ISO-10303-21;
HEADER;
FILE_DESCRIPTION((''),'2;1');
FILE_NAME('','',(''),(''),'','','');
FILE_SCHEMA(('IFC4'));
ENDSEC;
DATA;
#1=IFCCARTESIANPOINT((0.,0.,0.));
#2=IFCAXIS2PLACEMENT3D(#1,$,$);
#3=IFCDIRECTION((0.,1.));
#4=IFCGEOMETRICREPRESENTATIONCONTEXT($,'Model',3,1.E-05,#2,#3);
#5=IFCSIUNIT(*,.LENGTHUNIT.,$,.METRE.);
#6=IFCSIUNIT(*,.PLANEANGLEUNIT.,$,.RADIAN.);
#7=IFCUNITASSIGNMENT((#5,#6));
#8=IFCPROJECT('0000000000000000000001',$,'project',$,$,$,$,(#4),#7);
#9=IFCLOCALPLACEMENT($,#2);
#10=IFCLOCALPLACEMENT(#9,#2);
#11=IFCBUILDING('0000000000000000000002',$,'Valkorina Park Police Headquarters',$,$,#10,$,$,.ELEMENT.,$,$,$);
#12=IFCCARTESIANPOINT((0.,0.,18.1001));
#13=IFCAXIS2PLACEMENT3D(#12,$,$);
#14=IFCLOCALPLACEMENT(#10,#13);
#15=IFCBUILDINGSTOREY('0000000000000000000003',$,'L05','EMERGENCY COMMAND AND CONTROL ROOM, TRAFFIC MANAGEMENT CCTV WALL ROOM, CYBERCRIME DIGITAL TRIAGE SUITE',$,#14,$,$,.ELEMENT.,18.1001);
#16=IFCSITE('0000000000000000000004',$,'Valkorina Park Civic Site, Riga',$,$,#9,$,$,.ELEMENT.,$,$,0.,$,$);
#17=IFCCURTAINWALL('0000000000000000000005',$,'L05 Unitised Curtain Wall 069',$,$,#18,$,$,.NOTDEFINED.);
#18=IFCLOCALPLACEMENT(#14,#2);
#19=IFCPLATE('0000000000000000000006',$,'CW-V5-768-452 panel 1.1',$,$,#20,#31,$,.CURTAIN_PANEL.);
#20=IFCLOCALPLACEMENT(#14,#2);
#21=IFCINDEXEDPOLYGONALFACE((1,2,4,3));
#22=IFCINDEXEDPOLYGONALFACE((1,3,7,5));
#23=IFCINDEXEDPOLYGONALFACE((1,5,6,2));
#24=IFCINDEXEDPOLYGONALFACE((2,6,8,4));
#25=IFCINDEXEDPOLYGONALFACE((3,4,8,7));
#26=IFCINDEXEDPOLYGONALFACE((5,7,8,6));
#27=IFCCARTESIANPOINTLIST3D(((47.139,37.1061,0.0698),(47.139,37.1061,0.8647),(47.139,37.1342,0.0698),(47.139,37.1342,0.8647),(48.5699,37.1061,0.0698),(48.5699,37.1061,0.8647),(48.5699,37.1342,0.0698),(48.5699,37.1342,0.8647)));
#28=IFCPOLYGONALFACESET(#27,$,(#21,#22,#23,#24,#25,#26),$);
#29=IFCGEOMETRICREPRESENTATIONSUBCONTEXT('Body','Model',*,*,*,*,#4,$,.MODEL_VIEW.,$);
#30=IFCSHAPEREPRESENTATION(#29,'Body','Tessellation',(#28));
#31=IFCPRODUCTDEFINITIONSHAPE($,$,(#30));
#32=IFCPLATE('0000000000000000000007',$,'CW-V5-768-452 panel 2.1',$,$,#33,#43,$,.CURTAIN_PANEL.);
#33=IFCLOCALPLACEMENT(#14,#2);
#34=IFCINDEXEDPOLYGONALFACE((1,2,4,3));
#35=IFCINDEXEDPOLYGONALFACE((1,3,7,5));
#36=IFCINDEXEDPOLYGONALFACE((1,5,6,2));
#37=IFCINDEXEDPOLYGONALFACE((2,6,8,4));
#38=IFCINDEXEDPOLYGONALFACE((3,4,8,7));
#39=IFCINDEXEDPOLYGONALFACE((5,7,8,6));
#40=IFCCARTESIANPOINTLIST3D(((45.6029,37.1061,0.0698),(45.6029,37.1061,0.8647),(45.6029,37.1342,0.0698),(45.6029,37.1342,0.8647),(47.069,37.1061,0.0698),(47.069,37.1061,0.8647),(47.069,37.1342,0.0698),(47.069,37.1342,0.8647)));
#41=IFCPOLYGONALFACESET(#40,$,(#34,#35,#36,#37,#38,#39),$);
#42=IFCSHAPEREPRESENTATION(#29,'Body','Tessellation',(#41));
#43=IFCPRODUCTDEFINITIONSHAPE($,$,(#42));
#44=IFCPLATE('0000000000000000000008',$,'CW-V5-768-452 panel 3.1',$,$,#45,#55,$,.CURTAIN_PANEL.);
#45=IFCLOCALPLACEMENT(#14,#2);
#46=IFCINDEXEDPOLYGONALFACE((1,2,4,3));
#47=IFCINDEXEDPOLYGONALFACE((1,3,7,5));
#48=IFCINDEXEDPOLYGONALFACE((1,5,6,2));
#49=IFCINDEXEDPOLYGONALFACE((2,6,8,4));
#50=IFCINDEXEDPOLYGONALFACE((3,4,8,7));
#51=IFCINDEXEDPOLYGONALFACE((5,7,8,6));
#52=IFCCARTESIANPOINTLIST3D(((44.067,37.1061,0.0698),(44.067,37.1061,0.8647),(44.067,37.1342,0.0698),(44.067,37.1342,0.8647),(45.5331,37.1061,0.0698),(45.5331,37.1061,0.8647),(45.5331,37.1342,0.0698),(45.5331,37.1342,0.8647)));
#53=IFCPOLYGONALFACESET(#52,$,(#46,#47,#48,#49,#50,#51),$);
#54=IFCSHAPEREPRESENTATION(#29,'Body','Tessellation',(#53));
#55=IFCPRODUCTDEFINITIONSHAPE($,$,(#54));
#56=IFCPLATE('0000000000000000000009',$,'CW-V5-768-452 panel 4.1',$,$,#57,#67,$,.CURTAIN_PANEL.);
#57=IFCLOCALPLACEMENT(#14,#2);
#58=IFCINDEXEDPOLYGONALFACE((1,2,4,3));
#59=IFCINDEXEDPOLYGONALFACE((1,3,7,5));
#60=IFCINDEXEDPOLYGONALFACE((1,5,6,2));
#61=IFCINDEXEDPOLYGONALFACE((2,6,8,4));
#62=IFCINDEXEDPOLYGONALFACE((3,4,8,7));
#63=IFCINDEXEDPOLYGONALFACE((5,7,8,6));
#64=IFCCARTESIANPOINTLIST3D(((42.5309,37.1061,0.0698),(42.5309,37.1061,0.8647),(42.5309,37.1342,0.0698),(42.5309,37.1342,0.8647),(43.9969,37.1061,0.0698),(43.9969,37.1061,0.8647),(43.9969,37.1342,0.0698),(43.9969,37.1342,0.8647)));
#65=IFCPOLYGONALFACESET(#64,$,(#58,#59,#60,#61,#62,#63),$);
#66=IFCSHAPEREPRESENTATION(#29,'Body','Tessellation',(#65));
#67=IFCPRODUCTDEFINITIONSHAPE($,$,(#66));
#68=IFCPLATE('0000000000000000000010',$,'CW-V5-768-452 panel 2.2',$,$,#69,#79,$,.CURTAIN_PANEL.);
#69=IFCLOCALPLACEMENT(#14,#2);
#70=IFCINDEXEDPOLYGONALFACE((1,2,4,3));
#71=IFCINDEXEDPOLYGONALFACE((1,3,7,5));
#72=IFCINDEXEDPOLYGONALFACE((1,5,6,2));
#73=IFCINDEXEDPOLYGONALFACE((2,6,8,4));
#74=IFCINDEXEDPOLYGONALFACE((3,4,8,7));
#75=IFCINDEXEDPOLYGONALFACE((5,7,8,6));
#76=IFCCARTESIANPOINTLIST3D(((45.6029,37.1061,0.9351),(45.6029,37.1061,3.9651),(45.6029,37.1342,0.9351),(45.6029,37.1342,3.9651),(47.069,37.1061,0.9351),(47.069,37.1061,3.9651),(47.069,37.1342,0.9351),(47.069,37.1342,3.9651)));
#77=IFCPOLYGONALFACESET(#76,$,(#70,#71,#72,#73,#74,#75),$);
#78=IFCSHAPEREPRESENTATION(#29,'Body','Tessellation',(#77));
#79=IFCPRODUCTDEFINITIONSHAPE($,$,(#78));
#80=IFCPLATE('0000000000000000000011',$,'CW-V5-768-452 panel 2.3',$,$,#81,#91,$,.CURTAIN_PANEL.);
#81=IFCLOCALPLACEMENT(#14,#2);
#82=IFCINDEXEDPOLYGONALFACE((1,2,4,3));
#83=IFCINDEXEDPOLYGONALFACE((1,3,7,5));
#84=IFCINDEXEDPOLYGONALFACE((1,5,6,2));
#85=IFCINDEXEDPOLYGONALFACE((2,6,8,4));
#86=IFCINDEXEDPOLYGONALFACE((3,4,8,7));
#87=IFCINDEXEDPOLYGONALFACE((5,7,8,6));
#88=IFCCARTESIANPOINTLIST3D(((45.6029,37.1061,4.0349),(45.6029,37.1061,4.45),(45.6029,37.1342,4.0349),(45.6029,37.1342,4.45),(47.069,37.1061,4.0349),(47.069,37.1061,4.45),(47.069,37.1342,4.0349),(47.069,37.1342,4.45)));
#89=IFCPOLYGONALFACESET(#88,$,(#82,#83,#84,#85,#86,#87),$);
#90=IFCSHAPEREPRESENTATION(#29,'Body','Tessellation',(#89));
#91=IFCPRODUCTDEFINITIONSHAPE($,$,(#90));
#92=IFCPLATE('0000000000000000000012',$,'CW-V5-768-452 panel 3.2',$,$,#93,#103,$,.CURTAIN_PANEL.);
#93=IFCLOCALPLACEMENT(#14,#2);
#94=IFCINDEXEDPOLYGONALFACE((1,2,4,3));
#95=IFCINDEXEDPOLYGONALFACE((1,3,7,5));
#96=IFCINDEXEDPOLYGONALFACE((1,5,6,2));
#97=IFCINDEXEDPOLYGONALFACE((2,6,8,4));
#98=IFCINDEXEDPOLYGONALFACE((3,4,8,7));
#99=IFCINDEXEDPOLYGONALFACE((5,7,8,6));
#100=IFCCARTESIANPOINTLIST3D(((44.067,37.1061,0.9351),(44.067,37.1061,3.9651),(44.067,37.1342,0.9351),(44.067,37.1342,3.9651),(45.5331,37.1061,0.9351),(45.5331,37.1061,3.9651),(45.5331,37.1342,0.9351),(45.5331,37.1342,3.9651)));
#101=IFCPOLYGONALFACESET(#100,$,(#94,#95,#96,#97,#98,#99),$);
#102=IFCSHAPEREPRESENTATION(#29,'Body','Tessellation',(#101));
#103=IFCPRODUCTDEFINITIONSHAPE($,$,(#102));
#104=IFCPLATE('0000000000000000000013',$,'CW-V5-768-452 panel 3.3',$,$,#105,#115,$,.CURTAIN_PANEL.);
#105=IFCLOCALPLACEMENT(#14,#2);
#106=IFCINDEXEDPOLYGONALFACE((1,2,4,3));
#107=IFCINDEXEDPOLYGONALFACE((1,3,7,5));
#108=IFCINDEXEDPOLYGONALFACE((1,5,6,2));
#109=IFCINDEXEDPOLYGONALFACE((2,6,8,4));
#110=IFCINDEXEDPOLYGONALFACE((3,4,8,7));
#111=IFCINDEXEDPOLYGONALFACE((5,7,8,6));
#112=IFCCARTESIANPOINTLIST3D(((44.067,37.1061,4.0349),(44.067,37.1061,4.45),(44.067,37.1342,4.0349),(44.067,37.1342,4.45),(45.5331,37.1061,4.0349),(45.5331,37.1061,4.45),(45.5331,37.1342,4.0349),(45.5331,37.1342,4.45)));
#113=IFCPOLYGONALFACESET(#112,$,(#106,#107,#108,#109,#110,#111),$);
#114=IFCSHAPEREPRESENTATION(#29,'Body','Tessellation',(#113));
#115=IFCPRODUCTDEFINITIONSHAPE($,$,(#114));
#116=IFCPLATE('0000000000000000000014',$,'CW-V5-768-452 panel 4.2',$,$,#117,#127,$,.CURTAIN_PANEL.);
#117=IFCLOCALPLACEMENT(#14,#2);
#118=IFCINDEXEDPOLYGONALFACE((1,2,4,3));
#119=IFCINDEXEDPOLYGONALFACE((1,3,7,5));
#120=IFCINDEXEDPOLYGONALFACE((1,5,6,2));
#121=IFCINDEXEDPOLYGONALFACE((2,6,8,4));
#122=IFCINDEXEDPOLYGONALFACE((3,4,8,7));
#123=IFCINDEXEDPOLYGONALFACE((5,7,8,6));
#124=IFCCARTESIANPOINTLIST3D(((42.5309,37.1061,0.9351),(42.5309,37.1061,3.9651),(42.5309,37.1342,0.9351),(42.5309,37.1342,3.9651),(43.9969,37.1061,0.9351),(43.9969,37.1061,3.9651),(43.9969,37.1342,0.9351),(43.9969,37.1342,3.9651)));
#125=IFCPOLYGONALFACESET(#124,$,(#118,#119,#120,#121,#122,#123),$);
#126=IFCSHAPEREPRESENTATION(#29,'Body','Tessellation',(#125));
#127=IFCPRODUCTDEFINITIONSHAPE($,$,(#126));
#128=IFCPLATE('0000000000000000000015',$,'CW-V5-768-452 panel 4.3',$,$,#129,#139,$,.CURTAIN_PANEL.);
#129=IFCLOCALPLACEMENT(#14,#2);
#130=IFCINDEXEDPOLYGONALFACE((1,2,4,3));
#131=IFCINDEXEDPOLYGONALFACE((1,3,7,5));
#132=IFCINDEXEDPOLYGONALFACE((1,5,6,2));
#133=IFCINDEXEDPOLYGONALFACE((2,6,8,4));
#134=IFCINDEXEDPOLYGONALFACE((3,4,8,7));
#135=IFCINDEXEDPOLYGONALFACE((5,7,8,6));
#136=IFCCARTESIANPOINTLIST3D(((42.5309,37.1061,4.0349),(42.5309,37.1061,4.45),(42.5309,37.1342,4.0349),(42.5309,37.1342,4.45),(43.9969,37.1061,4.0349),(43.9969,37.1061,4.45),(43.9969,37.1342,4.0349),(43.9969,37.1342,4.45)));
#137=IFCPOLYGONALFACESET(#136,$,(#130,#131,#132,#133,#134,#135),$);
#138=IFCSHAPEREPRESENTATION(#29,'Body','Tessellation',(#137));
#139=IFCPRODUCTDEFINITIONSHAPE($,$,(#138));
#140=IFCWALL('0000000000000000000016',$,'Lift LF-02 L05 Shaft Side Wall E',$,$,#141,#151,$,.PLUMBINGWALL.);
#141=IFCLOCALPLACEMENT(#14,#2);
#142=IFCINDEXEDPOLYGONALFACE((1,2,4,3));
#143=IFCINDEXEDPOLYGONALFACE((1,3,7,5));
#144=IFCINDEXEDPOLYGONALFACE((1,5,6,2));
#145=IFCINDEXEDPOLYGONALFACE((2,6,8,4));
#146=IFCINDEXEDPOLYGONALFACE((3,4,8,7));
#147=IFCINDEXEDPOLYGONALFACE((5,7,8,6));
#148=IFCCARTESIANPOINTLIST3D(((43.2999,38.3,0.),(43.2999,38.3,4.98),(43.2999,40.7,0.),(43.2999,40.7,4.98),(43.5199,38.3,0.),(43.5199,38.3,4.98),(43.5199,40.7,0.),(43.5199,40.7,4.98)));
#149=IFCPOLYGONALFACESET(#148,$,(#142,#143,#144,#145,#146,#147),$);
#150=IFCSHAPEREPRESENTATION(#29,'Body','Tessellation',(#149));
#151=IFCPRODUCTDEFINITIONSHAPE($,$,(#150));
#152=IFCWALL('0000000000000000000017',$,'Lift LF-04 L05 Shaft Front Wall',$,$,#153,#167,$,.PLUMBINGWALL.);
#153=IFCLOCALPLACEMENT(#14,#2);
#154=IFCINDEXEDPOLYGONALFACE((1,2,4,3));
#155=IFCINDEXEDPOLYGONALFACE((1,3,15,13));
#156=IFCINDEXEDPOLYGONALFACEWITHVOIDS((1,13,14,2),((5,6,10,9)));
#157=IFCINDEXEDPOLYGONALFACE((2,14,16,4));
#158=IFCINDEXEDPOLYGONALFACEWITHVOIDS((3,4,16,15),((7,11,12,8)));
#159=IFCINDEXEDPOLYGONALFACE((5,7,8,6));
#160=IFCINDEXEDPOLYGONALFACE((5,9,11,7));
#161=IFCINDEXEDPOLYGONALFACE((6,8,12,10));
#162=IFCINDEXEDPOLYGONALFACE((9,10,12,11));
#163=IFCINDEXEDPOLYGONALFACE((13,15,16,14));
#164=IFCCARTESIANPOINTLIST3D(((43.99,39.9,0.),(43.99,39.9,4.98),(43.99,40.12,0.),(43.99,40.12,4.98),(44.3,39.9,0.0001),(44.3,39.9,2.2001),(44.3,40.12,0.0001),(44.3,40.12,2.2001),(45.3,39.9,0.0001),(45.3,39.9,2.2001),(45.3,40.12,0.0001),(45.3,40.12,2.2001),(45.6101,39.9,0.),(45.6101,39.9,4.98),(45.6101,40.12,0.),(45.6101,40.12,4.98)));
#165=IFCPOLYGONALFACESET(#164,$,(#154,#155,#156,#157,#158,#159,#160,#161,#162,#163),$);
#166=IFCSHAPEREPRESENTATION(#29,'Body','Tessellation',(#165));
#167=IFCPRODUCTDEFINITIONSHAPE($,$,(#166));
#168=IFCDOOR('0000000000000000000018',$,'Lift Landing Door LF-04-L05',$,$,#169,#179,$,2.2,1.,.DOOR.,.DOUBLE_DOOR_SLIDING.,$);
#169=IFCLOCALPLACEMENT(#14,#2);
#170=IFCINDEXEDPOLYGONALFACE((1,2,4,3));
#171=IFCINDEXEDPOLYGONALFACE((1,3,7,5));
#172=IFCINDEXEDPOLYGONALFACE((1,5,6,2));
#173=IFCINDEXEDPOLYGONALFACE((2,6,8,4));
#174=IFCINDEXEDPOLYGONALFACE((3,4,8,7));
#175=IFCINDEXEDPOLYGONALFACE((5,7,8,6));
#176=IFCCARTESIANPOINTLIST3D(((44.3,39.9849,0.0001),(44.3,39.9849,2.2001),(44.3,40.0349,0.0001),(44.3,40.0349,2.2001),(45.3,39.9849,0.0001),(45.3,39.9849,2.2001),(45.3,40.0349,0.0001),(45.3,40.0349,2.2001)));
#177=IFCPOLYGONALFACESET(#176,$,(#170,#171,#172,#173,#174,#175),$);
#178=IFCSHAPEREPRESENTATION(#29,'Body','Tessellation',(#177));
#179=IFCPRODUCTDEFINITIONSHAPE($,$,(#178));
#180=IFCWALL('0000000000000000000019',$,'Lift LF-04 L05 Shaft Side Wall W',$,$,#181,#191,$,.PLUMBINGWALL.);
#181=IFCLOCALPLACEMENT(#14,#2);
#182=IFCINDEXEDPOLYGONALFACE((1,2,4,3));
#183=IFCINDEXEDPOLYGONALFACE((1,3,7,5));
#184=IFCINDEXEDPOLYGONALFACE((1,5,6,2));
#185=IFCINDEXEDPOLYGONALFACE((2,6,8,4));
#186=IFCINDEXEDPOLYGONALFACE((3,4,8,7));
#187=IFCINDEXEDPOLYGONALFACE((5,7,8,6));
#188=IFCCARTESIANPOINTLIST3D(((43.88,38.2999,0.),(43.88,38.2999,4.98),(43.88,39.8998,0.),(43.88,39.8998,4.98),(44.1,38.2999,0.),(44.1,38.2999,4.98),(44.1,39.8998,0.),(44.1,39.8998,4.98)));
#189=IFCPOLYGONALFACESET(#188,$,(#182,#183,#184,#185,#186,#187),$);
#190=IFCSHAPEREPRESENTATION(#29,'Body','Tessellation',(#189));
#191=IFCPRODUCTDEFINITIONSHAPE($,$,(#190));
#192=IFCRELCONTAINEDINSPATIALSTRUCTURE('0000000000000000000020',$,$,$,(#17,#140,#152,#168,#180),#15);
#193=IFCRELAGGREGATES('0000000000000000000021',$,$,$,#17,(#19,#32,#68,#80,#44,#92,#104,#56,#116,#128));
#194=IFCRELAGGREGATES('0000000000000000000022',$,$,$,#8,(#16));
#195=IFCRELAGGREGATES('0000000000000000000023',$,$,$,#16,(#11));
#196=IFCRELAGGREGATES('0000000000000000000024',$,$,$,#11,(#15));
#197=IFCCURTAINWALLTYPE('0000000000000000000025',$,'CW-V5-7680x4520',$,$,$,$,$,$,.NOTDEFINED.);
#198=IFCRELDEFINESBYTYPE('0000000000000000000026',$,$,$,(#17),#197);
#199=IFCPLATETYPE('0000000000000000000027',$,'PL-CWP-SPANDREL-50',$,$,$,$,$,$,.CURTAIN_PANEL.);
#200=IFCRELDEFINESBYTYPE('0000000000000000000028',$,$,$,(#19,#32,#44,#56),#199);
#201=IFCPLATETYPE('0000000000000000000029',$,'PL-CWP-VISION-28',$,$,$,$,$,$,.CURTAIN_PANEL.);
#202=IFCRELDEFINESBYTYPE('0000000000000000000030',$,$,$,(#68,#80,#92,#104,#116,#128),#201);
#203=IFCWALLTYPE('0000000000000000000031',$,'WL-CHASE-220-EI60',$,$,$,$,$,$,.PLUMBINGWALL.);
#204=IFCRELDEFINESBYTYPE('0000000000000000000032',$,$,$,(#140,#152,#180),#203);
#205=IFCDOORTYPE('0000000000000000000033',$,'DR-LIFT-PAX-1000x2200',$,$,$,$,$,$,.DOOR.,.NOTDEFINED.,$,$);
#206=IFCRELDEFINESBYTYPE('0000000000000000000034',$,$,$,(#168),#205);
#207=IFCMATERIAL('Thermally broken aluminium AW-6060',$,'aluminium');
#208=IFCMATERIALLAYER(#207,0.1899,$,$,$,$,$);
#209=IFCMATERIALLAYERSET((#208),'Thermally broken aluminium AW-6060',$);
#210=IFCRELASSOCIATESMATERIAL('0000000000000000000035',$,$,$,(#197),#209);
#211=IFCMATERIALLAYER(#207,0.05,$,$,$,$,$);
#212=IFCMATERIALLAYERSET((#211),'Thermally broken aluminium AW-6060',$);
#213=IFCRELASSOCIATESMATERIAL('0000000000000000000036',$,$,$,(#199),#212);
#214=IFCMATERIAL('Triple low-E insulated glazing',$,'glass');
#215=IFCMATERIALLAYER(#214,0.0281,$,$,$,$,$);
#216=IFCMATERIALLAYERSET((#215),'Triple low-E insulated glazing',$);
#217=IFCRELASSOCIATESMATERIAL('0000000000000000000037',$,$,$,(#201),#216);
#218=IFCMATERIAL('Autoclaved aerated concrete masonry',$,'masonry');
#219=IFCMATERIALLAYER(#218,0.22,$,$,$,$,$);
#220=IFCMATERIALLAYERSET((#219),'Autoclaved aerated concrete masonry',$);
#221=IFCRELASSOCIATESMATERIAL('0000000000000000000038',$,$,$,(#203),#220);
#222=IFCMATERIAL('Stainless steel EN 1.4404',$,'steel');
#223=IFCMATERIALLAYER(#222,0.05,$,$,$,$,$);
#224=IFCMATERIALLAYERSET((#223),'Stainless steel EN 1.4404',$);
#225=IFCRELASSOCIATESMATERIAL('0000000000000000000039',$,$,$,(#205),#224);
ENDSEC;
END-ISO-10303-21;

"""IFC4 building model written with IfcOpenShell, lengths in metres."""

from ifc_helpers import new_model, si_unit, direction, frame, frame_2d, origin, origin_2d, place, context, subcontext, project, spatial, rectangle, extrude, material, layer, layer_set, type_object, element, fill, aggregate, save


model = new_model("IFC4")

# Units and contexts
model_context = context("Model", 3, precision=1e-05, world=origin(), true_north=direction((0.0, 1.0)))
body_context = subcontext(model_context, "Body", "Model", "MODEL_VIEW")
ifc_project = project(units=[si_unit("LENGTHUNIT", "METRE"), si_unit("PLANEANGLEUNIT", "RADIAN")], contexts=[model_context])

# Site, building, storey
site_placement = place(None, origin())
site = spatial("IfcSite", under=ifc_project, at=site_placement, Name="Valkorina Park Civic Site, Riga", CompositionType="ELEMENT", RefElevation=0.0)
building_placement = place(site_placement, origin())
building = spatial("IfcBuilding", under=site, at=building_placement, Name="Valkorina Park Police Headquarters", CompositionType="ELEMENT")
storey_placement = place(building_placement, frame((0.0, 0.0, 18.1001)))
storey = spatial("IfcBuildingStorey", under=building, at=storey_placement, Name="L05", Description="EMERGENCY COMMAND AND CONTROL ROOM, TRAFFIC MANAGEMENT CCTV WALL ROOM, CYBERCRIME DIGITAL TRIAGE SUITE", CompositionType="ELEMENT", Elevation=18.1001)

# Curtain wall, plates
ifc_material_1 = material(Name="Thermally broken aluminium AW-6060", Category="aluminium")
ifc_layer_1 = layer(ifc_material_1, 0.1899)
ifc_layer_set_1 = layer_set([ifc_layer_1], Name="Thermally broken aluminium AW-6060")
curtain_wall_type = type_object("IfcCurtainWallType", Name="CW-V5-7680x4520", PredefinedType="NOTDEFINED", material=ifc_layer_set_1)
curtain_wall_placement = place(storey_placement, origin())
curtain_wall = element("IfcCurtainWall", 1, at=curtain_wall_placement, inside=storey, type_object=curtain_wall_type, Name="L05 Unitised Curtain Wall 069", PredefinedType="NOTDEFINED")
ifc_layer_2 = layer(ifc_material_1, 0.05)
ifc_layer_set_2 = layer_set([ifc_layer_2], Name="Thermally broken aluminium AW-6060")
plate_type_1 = type_object("IfcPlateType", Name="PL-CWP-SPANDREL-50", PredefinedType="CURTAIN_PANEL", material=ifc_layer_set_2)
plate_1_placement = place(storey_placement, frame((47.8545, 37.1201, 0.0698), z_axis=(0.0, 0.0, 1.0), x_axis=(-1.0, 0.0, 0.0)))
plate_1 = element("IfcPlate", 2, at=plate_1_placement, type_object=plate_type_1, Name="CW-V5-768-452 panel 1.1", PredefinedType="CURTAIN_PANEL", context=body_context, shape_type="SweptSolid", body=[
    extrude(rectangle(XDim=1.4309, YDim=0.0281, at=origin_2d()), origin(), (0.0, 0.0, 1.0), 0.7949),
])
plate_2_placement = place(storey_placement, frame((46.3359, 37.1201, 0.0698), z_axis=(0.0, 0.0, 1.0), x_axis=(-1.0, 0.0, 0.0)))
plate_2 = element("IfcPlate", 3, at=plate_2_placement, type_object=plate_type_1, Name="CW-V5-768-452 panel 2.1", PredefinedType="CURTAIN_PANEL", context=body_context, shape_type="SweptSolid", body=[
    extrude(rectangle(XDim=1.4661, YDim=0.0281, at=origin_2d()), origin(), (0.0, 0.0, 1.0), 0.7949),
])
plate_3_placement = place(storey_placement, frame((44.8, 37.1201, 0.0698), z_axis=(0.0, 0.0, 1.0), x_axis=(-1.0, 0.0, 0.0)))
plate_3 = element("IfcPlate", 4, at=plate_3_placement, type_object=plate_type_1, Name="CW-V5-768-452 panel 3.1", PredefinedType="CURTAIN_PANEL", context=body_context, shape_type="SweptSolid", body=[
    extrude(rectangle(XDim=1.4661, YDim=0.0281, at=origin_2d()), origin(), (0.0, 0.0, 1.0), 0.7949),
])
plate_4_placement = place(storey_placement, frame((43.2639, 37.1201, 0.0698), z_axis=(0.0, 0.0, 1.0), x_axis=(-1.0, 0.0, 0.0)))
plate_4 = element("IfcPlate", 5, at=plate_4_placement, type_object=plate_type_1, Name="CW-V5-768-452 panel 4.1", PredefinedType="CURTAIN_PANEL", context=body_context, shape_type="SweptSolid", body=[
    extrude(rectangle(XDim=1.4661, YDim=0.0281, at=origin_2d()), origin(), (0.0, 0.0, 1.0), 0.7949),
])
ifc_material_2 = material(Name="Triple low-E insulated glazing", Category="glass")
ifc_layer_3 = layer(ifc_material_2, 0.0281)
ifc_layer_set_3 = layer_set([ifc_layer_3], Name="Triple low-E insulated glazing")
plate_type_2 = type_object("IfcPlateType", Name="PL-CWP-VISION-28", PredefinedType="CURTAIN_PANEL", material=ifc_layer_set_3)
plate_5_placement = place(storey_placement, frame((46.3359, 37.1201, 0.9351), z_axis=(0.0, 0.0, 1.0), x_axis=(-1.0, 0.0, 0.0)))
plate_5 = element("IfcPlate", 6, at=plate_5_placement, type_object=plate_type_2, Name="CW-V5-768-452 panel 2.2", PredefinedType="CURTAIN_PANEL", context=body_context, shape_type="SweptSolid", body=[
    extrude(rectangle(XDim=1.4661, YDim=0.0281, at=origin_2d()), origin(), (0.0, 0.0, 1.0), 3.03),
])
plate_6_placement = place(storey_placement, frame((46.3359, 37.1201, 4.0349), z_axis=(0.0, 0.0, 1.0), x_axis=(-1.0, 0.0, 0.0)))
plate_6 = element("IfcPlate", 7, at=plate_6_placement, type_object=plate_type_2, Name="CW-V5-768-452 panel 2.3", PredefinedType="CURTAIN_PANEL", context=body_context, shape_type="SweptSolid", body=[
    extrude(rectangle(XDim=1.4661, YDim=0.0281, at=origin_2d()), origin(), (0.0, 0.0, 1.0), 0.415),
])
plate_7_placement = place(storey_placement, frame((44.8, 37.1201, 0.9351), z_axis=(0.0, 0.0, 1.0), x_axis=(-1.0, 0.0, 0.0)))
plate_7 = element("IfcPlate", 8, at=plate_7_placement, type_object=plate_type_2, Name="CW-V5-768-452 panel 3.2", PredefinedType="CURTAIN_PANEL", context=body_context, shape_type="SweptSolid", body=[
    extrude(rectangle(XDim=1.4661, YDim=0.0281, at=origin_2d()), origin(), (0.0, 0.0, 1.0), 3.03),
])
plate_8_placement = place(storey_placement, frame((44.8, 37.1201, 4.0349), z_axis=(0.0, 0.0, 1.0), x_axis=(-1.0, 0.0, 0.0)))
plate_8 = element("IfcPlate", 9, at=plate_8_placement, type_object=plate_type_2, Name="CW-V5-768-452 panel 3.3", PredefinedType="CURTAIN_PANEL", context=body_context, shape_type="SweptSolid", body=[
    extrude(rectangle(XDim=1.4661, YDim=0.0281, at=origin_2d()), origin(), (0.0, 0.0, 1.0), 0.415),
])
plate_9_placement = place(storey_placement, frame((43.2639, 37.1201, 0.9351), z_axis=(0.0, 0.0, 1.0), x_axis=(-1.0, 0.0, 0.0)))
plate_9 = element("IfcPlate", 10, at=plate_9_placement, type_object=plate_type_2, Name="CW-V5-768-452 panel 4.2", PredefinedType="CURTAIN_PANEL", context=body_context, shape_type="SweptSolid", body=[
    extrude(rectangle(XDim=1.4661, YDim=0.0281, at=origin_2d()), origin(), (0.0, 0.0, 1.0), 3.03),
])
plate_10_placement = place(storey_placement, frame((43.2639, 37.1201, 4.0349), z_axis=(0.0, 0.0, 1.0), x_axis=(-1.0, 0.0, 0.0)))
plate_10 = element("IfcPlate", 11, at=plate_10_placement, type_object=plate_type_2, Name="CW-V5-768-452 panel 4.3", PredefinedType="CURTAIN_PANEL", context=body_context, shape_type="SweptSolid", body=[
    extrude(rectangle(XDim=1.4661, YDim=0.0281, at=origin_2d()), origin(), (0.0, 0.0, 1.0), 0.415),
])
aggregate(curtain_wall, [plate_1, plate_2, plate_5, plate_6, plate_3, plate_7, plate_8, plate_4, plate_9, plate_10])

# Wall
ifc_material_3 = material(Name="Autoclaved aerated concrete masonry", Category="masonry")
ifc_layer_4 = layer(ifc_material_3, 0.22)
ifc_layer_set_4 = layer_set([ifc_layer_4], Name="Autoclaved aerated concrete masonry")
wall_type = type_object("IfcWallType", Name="WL-CHASE-220-EI60", PredefinedType="PLUMBINGWALL", material=ifc_layer_set_4)
wall_1_placement = place(storey_placement, frame((43.4099, 38.3, 0.0), z_axis=(0.0, 0.0, 1.0), x_axis=(0.0, 1.0, 0.0)))
element("IfcWall", 12, at=wall_1_placement, inside=storey, type_object=wall_type, Name="Lift LF-02 L05 Shaft Side Wall E", PredefinedType="PLUMBINGWALL", context=body_context, shape_type="SweptSolid", body=[
    extrude(rectangle(XDim=2.3999, YDim=0.22, at=frame_2d((1.2, 0.0))), origin(), (0.0, 0.0, 1.0), 4.98),
])

# Wall, opening, door
wall_2_placement = place(storey_placement, frame((43.99, 40.01, 0.0), z_axis=(0.0, 0.0, 1.0), x_axis=(1.0, 0.0, 0.0)))
wall_2 = element("IfcWall", 13, at=wall_2_placement, inside=storey, type_object=wall_type, Name="Lift LF-04 L05 Shaft Front Wall", PredefinedType="PLUMBINGWALL", context=body_context, shape_type="SweptSolid", body=[
    extrude(rectangle(XDim=1.6201, YDim=0.22, at=frame_2d((0.8101, 0.0))), origin(), (0.0, 0.0, 1.0), 4.98),
])
opening_1_placement = place(wall_2_placement, frame((0.3101, 0.0, 0.0)))
opening_1 = element("IfcOpeningElement", 14, at=opening_1_placement, cuts=wall_2, PredefinedType="OPENING", context=body_context, shape_type="SweptSolid", body=[
    extrude(rectangle(XDim=1.0, YDim=2.2, at=frame_2d((0.5, 1.1001))), frame((0.0, 0.1201, 0.0), z_axis=(0.0, -1.0, 0.0), x_axis=(1.0, 0.0, 0.0)), (0.0, 0.0, 1.0), 0.24),
])
ifc_material_4 = material(Name="Stainless steel EN 1.4404", Category="steel")
ifc_layer_5 = layer(ifc_material_4, 0.05)
ifc_layer_set_5 = layer_set([ifc_layer_5], Name="Stainless steel EN 1.4404")
door_type_1 = type_object("IfcDoorType", Name="DR-LIFT-PAX-1000x2200", OperationType="NOTDEFINED", PredefinedType="DOOR", material=ifc_layer_set_5)
door_1_placement = place(opening_1_placement, origin())
door_1 = element("IfcDoor", 15, at=door_1_placement, inside=storey, type_object=door_type_1, Name="Lift Landing Door LF-04-L05", OperationType="DOUBLE_DOOR_SLIDING", OverallHeight=2.2, OverallWidth=1.0, PredefinedType="DOOR", context=body_context, shape_type="SweptSolid", body=[
    extrude(rectangle(XDim=1.0, YDim=2.2, at=frame_2d((0.5, 1.1001))), frame((0.0, 0.0249, 0.0), z_axis=(0.0, -1.0, 0.0), x_axis=(1.0, 0.0, 0.0)), (0.0, 0.0, 1.0), 0.05),
])
fill(opening_1, door_1)

# Wall
for number, where, z_axis, x_axis, name in (
    (16, (43.99, 38.3, 0.0), (0.0, 0.0, 1.0), (0.0, 1.0, 0.0), "Lift LF-04 L05 Shaft Side Wall W"),
):
    element("IfcWall", number, at=place(storey_placement, frame(where, z_axis=z_axis, x_axis=x_axis)), inside=storey, type_object=wall_type, Name=name, PredefinedType="PLUMBINGWALL", context=body_context, shape_type="SweptSolid", body=[
        extrude(rectangle(XDim=1.5999, YDim=0.22, at=frame_2d((0.7998, 0.0))), origin(), (0.0, 0.0, 1.0), 4.98),
    ])

save(model, "model.ifc")
